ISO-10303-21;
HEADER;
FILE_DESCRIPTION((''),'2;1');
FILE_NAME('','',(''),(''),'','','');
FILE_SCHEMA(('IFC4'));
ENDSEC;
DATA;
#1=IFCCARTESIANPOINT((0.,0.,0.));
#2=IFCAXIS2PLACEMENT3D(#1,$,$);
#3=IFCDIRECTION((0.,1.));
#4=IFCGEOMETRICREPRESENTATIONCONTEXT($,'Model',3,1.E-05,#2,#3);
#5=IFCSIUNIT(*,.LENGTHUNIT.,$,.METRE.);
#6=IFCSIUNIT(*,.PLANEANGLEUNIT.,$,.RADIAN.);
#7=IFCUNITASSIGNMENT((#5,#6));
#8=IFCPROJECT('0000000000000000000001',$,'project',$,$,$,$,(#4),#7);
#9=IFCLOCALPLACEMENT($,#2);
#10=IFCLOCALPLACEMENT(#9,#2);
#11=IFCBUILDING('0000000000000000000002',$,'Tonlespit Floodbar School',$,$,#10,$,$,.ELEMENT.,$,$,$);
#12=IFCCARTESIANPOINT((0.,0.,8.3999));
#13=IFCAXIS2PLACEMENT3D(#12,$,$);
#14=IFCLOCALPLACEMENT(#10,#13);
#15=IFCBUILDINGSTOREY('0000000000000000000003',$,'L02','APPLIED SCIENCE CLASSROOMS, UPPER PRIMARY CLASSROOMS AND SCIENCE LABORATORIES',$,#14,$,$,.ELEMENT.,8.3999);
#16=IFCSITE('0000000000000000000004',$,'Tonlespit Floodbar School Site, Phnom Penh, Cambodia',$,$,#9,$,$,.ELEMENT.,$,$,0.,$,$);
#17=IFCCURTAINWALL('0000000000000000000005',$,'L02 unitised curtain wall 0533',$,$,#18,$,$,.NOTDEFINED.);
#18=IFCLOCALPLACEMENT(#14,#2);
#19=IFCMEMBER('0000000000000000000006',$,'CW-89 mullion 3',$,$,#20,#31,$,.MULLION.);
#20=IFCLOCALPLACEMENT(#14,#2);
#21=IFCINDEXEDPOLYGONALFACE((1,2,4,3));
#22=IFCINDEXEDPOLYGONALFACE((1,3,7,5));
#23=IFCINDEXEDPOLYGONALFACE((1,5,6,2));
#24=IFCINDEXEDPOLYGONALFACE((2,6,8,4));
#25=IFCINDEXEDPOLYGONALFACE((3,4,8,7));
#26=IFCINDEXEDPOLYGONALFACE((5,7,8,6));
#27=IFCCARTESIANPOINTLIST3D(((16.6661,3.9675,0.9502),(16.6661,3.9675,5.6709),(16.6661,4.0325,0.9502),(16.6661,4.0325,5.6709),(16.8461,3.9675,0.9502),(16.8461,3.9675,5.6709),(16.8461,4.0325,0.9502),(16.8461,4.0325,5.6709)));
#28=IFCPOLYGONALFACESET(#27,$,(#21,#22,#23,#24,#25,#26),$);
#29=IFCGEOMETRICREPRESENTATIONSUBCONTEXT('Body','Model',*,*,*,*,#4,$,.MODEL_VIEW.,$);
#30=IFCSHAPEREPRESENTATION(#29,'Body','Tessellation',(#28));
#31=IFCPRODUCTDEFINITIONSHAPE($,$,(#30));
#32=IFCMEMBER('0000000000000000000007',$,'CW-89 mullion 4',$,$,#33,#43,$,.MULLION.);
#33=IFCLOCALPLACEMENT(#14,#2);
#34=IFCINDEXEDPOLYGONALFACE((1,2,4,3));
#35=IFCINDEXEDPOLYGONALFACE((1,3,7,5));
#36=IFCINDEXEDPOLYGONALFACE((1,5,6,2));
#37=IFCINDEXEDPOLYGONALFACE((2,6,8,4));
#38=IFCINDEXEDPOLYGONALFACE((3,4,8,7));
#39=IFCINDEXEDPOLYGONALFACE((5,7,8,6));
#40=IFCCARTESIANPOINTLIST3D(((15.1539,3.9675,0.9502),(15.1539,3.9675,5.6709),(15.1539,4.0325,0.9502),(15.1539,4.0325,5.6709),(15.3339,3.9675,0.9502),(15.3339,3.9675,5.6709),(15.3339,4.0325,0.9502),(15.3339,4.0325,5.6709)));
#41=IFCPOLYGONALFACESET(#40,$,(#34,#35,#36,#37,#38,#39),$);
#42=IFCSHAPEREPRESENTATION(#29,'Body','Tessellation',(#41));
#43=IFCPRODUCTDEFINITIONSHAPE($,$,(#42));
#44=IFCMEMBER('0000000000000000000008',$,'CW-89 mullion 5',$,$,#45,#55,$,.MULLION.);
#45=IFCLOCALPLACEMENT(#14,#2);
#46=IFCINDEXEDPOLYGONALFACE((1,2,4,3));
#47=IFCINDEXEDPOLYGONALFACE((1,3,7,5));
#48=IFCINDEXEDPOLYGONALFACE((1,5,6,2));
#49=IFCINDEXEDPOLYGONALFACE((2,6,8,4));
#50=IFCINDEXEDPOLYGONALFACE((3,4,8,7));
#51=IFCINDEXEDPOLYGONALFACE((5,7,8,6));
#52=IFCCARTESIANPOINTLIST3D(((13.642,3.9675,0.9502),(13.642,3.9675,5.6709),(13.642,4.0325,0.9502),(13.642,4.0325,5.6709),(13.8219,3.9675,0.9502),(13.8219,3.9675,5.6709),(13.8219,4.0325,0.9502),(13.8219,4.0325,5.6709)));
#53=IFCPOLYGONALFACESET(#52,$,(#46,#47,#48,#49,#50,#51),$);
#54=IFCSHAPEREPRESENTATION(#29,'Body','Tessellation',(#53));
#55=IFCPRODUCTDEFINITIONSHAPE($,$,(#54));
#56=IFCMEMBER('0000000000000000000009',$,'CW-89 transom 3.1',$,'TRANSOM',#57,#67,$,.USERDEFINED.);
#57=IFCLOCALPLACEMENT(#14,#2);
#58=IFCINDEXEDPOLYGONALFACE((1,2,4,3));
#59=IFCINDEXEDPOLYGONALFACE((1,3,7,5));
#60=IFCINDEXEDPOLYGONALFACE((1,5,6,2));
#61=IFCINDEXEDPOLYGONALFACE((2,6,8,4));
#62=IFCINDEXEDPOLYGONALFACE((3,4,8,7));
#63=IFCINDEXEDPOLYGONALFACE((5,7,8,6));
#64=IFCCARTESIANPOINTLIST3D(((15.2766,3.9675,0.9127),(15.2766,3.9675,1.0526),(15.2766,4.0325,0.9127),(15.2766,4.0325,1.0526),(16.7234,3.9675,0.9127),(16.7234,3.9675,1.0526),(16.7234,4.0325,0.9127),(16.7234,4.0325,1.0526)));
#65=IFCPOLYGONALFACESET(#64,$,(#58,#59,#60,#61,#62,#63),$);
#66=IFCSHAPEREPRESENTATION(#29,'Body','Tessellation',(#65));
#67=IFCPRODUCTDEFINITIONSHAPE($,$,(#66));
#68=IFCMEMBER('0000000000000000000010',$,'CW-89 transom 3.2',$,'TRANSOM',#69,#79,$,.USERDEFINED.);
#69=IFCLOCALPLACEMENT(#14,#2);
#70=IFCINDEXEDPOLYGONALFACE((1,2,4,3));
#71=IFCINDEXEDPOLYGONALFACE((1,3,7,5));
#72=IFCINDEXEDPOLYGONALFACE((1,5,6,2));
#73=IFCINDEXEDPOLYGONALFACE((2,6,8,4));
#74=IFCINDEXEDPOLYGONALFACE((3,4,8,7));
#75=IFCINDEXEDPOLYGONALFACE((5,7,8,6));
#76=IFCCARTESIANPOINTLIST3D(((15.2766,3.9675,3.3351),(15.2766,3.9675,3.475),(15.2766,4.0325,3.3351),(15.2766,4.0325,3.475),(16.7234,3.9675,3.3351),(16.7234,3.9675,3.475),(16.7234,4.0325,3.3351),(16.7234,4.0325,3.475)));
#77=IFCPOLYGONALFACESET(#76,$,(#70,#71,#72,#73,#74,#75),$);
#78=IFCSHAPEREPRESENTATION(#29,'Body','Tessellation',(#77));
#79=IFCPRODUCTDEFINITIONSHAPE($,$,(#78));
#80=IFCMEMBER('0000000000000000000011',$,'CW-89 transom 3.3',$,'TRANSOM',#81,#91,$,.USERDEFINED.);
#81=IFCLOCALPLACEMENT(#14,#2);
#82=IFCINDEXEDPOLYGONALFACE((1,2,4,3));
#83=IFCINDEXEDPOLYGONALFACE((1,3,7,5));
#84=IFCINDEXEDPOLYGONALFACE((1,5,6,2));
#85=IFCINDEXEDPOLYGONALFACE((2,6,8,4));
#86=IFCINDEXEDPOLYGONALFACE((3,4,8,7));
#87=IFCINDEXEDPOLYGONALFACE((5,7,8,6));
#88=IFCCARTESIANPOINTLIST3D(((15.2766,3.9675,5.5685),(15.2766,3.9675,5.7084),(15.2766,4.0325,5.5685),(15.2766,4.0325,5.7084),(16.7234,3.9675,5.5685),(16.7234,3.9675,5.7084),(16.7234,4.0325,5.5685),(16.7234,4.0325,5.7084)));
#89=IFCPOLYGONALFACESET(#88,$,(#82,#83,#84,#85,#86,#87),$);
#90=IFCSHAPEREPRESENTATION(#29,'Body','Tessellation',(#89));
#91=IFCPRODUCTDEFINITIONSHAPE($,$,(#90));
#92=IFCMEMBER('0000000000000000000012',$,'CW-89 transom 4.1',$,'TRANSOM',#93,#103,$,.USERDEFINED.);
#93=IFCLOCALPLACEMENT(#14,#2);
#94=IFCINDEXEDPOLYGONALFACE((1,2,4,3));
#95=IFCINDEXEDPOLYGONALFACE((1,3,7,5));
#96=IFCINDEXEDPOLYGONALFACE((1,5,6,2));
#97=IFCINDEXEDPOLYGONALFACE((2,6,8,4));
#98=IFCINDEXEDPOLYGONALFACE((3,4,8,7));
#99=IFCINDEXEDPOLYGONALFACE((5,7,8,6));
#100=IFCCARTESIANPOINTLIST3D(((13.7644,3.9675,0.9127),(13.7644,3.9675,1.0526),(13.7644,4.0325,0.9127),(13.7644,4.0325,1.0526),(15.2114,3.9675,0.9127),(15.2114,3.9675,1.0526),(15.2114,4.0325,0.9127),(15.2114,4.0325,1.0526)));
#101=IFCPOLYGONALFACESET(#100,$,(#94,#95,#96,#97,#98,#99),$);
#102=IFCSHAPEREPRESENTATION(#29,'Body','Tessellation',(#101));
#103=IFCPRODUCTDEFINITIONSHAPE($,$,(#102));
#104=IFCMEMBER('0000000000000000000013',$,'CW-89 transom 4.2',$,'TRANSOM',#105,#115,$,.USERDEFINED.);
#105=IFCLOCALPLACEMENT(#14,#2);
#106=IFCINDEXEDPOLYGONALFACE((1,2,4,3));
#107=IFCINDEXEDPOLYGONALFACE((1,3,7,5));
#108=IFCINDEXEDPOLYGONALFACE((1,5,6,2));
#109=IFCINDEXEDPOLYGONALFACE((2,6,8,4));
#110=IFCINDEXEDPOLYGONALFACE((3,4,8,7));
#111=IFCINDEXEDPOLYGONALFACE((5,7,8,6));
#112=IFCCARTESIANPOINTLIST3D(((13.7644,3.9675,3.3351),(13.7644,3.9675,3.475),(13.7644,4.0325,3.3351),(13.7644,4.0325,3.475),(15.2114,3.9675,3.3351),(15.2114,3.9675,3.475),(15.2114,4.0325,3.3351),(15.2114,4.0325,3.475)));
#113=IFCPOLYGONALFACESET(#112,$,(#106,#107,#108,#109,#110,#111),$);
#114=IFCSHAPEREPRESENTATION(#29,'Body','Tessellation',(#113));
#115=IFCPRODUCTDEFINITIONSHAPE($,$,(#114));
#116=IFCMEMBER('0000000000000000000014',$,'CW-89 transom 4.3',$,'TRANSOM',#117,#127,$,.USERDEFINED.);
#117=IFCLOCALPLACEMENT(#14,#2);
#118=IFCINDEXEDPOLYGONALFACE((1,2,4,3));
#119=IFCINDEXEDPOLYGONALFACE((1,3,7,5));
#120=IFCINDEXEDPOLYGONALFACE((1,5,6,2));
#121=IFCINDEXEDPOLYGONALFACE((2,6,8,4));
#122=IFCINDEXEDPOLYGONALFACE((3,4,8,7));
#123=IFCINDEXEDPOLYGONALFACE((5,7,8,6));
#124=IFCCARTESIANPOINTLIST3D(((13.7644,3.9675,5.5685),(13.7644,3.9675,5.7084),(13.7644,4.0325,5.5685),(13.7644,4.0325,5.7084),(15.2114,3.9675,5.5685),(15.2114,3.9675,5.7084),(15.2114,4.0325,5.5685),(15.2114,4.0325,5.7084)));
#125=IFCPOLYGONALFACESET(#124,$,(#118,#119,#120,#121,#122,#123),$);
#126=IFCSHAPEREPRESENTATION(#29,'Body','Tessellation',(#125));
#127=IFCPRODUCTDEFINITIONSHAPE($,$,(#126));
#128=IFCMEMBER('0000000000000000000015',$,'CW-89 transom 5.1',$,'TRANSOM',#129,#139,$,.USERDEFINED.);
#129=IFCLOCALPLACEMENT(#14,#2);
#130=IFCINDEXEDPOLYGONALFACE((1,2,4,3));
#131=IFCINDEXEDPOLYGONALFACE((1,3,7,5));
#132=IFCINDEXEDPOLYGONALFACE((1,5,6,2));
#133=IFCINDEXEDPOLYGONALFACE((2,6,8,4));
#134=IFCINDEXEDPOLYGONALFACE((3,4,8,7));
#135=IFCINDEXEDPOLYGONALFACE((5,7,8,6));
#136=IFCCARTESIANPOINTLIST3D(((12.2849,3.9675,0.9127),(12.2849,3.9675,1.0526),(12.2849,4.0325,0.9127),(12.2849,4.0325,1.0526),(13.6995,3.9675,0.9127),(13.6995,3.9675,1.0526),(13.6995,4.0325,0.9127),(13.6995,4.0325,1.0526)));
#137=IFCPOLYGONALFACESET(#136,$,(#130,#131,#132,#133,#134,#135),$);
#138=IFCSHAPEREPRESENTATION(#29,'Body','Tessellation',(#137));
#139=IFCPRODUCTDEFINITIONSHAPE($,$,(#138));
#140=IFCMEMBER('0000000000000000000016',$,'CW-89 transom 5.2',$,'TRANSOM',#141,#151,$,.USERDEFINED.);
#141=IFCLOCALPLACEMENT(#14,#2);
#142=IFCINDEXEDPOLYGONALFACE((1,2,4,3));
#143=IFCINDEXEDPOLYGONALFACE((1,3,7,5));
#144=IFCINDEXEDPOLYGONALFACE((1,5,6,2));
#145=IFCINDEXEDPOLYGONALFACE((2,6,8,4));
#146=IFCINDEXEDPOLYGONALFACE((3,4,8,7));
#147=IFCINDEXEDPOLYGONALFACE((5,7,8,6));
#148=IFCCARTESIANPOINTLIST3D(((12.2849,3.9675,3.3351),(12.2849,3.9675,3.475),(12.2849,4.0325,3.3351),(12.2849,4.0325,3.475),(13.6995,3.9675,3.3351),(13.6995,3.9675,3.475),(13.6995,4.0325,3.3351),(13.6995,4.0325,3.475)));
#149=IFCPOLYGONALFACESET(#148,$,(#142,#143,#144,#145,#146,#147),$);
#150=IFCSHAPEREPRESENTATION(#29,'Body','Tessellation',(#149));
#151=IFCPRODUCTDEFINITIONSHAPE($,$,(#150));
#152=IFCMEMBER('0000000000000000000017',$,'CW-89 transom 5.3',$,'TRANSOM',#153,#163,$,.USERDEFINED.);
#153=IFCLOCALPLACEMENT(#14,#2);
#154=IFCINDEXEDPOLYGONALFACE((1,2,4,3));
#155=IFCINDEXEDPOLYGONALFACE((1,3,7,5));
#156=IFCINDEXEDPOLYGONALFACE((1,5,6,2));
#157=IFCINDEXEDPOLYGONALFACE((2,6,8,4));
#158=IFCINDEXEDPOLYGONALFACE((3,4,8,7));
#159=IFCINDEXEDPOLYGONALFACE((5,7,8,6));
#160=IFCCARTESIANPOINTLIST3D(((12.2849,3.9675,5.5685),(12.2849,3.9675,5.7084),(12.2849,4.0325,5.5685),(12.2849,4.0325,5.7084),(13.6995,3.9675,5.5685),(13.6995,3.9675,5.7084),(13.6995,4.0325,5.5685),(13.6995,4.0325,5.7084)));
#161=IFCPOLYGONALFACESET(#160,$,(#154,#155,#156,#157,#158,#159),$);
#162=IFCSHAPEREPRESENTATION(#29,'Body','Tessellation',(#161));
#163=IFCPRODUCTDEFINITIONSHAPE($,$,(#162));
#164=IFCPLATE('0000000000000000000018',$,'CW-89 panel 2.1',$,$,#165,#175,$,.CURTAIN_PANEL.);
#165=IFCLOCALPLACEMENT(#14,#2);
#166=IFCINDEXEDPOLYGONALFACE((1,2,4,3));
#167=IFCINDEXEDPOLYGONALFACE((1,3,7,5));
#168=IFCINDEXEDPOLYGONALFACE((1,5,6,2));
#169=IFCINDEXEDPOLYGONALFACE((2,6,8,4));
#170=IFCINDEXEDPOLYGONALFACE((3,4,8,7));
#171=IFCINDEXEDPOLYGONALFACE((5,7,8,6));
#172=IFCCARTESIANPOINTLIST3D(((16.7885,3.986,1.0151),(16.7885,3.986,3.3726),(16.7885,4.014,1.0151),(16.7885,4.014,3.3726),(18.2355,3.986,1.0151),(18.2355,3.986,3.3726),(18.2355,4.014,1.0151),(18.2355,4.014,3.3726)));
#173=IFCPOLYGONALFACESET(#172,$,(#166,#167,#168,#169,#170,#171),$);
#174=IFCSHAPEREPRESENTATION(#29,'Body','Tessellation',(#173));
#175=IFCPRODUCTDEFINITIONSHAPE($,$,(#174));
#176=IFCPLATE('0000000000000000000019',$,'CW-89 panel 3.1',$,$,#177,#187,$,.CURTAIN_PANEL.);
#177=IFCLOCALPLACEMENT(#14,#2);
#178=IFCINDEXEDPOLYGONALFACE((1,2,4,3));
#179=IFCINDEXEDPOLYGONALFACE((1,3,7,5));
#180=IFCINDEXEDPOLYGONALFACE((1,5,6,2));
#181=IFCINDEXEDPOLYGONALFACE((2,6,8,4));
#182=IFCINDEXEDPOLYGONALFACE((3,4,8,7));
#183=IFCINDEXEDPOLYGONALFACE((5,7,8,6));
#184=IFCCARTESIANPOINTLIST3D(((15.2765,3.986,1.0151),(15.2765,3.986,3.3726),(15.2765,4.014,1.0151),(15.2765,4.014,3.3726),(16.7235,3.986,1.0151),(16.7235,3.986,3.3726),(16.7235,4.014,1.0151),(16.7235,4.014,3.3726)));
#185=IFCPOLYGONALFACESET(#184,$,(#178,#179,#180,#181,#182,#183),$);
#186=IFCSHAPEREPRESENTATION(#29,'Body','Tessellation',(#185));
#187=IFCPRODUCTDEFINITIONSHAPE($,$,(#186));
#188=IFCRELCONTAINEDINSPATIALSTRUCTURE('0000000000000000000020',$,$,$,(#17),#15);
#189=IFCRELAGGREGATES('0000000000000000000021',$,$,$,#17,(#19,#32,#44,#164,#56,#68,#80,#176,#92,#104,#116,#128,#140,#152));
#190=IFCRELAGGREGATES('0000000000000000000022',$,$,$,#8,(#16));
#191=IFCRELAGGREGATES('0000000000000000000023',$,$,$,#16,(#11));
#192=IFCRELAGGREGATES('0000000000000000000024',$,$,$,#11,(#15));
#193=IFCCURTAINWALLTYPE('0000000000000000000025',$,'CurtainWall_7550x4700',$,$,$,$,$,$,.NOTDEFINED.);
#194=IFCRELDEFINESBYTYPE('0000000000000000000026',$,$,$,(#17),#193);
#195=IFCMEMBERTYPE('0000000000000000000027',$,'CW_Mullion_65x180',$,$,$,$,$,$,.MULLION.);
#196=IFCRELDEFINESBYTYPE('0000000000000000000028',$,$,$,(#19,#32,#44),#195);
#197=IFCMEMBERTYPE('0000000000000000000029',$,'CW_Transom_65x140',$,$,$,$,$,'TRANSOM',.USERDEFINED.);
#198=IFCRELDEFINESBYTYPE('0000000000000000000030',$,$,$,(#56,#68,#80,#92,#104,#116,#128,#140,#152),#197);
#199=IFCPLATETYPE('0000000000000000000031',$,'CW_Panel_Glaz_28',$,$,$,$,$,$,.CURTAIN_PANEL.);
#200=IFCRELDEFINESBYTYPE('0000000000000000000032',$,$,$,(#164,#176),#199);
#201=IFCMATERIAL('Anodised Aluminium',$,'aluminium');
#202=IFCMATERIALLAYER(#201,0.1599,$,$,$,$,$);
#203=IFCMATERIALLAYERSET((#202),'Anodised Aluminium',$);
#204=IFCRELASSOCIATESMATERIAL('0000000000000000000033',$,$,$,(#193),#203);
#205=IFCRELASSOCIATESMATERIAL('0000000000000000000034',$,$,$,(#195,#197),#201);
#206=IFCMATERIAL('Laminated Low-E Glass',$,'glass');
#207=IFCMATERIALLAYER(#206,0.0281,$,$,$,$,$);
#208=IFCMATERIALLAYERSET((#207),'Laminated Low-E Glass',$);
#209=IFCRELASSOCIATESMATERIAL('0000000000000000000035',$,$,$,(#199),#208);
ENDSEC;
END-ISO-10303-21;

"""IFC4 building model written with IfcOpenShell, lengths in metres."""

from ifc_helpers import new_model, si_unit, direction, frame, origin, origin_2d, place, context, subcontext, project, spatial, rectangle, extrude, material, layer, layer_set, material_profile, profile_set, type_object, element, aggregate, save


model = new_model("IFC4")

# Units and contexts
model_context = context("Model", 3, precision=1e-05, world=origin(), true_north=direction((0.0, 1.0)))
body_context = subcontext(model_context, "Body", "Model", "MODEL_VIEW")
ifc_project = project(units=[si_unit("LENGTHUNIT", "METRE"), si_unit("PLANEANGLEUNIT", "RADIAN")], contexts=[model_context])

# Site, building, storey
site_placement = place(None, origin())
site = spatial("IfcSite", under=ifc_project, at=site_placement, Name="Tonlespit Floodbar School Site, Phnom Penh, Cambodia", CompositionType="ELEMENT", RefElevation=0.0)
building_placement = place(site_placement, origin())
building = spatial("IfcBuilding", under=site, at=building_placement, Name="Tonlespit Floodbar School", CompositionType="ELEMENT")
storey_placement = place(building_placement, frame((0.0, 0.0, 8.3999)))
storey = spatial("IfcBuildingStorey", under=building, at=storey_placement, Name="L02", Description="APPLIED SCIENCE CLASSROOMS, UPPER PRIMARY CLASSROOMS AND SCIENCE LABORATORIES", CompositionType="ELEMENT", Elevation=8.3999)

# Curtain wall, members, plates
ifc_material_1 = material(Name="Anodised Aluminium", Category="aluminium")
ifc_layer_1 = layer(ifc_material_1, 0.1599)
ifc_layer_set_1 = layer_set([ifc_layer_1], Name="Anodised Aluminium")
curtain_wall_type = type_object("IfcCurtainWallType", Name="CurtainWall_7550x4700", PredefinedType="NOTDEFINED", material=ifc_layer_set_1)
curtain_wall_placement = place(storey_placement, origin())
curtain_wall = element("IfcCurtainWall", 1, at=curtain_wall_placement, inside=storey, type_object=curtain_wall_type, Name="L02 unitised curtain wall 0533", PredefinedType="NOTDEFINED")
ifc_material_profile_1 = material_profile(ifc_material_1, rectangle(XDim=0.0649, YDim=0.1799, at=origin_2d()), Name="ALU M65x180")
ifc_profile_set_1 = profile_set([ifc_material_profile_1], Name="Anodised Aluminium")
member_type_1 = type_object("IfcMemberType", Name="CW_Mullion_65x180", PredefinedType="MULLION", material=ifc_profile_set_1)
member_1_placement = place(storey_placement, frame((16.7561, 4.0, 0.9502), z_axis=(0.0, 0.0, 1.0), x_axis=(0.0, -1.0, 0.0)))
member_1 = element("IfcMember", 2, at=member_1_placement, type_object=member_type_1, Name="CW-89 mullion 3", PredefinedType="MULLION", context=body_context, shape_type="SweptSolid", body=[
    extrude(rectangle(XDim=0.0649, YDim=0.1799, at=origin_2d()), origin(), (0.0, 0.0, 1.0), 4.7207),
])
member_2_placement = place(storey_placement, frame((15.2439, 4.0, 0.9502), z_axis=(0.0, 0.0, 1.0), x_axis=(0.0, -1.0, 0.0)))
member_2 = element("IfcMember", 3, at=member_2_placement, type_object=member_type_1, Name="CW-89 mullion 4", PredefinedType="MULLION", context=body_context, shape_type="SweptSolid", body=[
    extrude(rectangle(XDim=0.0649, YDim=0.1799, at=origin_2d()), origin(), (0.0, 0.0, 1.0), 4.7207),
])
member_3_placement = place(storey_placement, frame((13.7319, 4.0, 0.9502), z_axis=(0.0, 0.0, 1.0), x_axis=(0.0, -1.0, 0.0)))
member_3 = element("IfcMember", 4, at=member_3_placement, type_object=member_type_1, Name="CW-89 mullion 5", PredefinedType="MULLION", context=body_context, shape_type="SweptSolid", body=[
    extrude(rectangle(XDim=0.0649, YDim=0.1799, at=origin_2d()), origin(), (0.0, 0.0, 1.0), 4.7207),
])
ifc_material_profile_2 = material_profile(ifc_material_1, rectangle(XDim=0.0649, YDim=0.1399, at=origin_2d()), Name="ALU T65x140")
ifc_profile_set_2 = profile_set([ifc_material_profile_2], Name="Anodised Aluminium")
member_type_2 = type_object("IfcMemberType", Name="CW_Transom_65x140", ElementType="TRANSOM", PredefinedType="USERDEFINED", material=ifc_profile_set_2)
member_4_placement = place(storey_placement, frame((16.7234, 4.0, 0.9827), z_axis=(-1.0, 0.0, 0.0), x_axis=(0.0, -1.0, 0.0)))
member_4 = element("IfcMember", 5, at=member_4_placement, type_object=member_type_2, Name="CW-89 transom 3.1", ObjectType="TRANSOM", PredefinedType="USERDEFINED", context=body_context, shape_type="SweptSolid", body=[
    extrude(rectangle(XDim=0.0649, YDim=0.1399, at=origin_2d()), origin(), (0.0, 0.0, 1.0), 1.4468),
])
member_5_placement = place(storey_placement, frame((16.7234, 4.0, 3.405), z_axis=(-1.0, 0.0, 0.0), x_axis=(0.0, -1.0, 0.0)))
member_5 = element("IfcMember", 6, at=member_5_placement, type_object=member_type_2, Name="CW-89 transom 3.2", ObjectType="TRANSOM", PredefinedType="USERDEFINED", context=body_context, shape_type="SweptSolid", body=[
    extrude(rectangle(XDim=0.0649, YDim=0.1399, at=origin_2d()), origin(), (0.0, 0.0, 1.0), 1.4468),
])
member_6_placement = place(storey_placement, frame((16.7234, 4.0, 5.6384), z_axis=(-1.0, 0.0, 0.0), x_axis=(0.0, -1.0, 0.0)))
member_6 = element("IfcMember", 7, at=member_6_placement, type_object=member_type_2, Name="CW-89 transom 3.3", ObjectType="TRANSOM", PredefinedType="USERDEFINED", context=body_context, shape_type="SweptSolid", body=[
    extrude(rectangle(XDim=0.0649, YDim=0.1399, at=origin_2d()), origin(), (0.0, 0.0, 1.0), 1.4468),
])
member_7_placement = place(storey_placement, frame((15.2114, 4.0, 0.9827), z_axis=(-1.0, 0.0, 0.0), x_axis=(0.0, -1.0, 0.0)))
member_7 = element("IfcMember", 8, at=member_7_placement, type_object=member_type_2, Name="CW-89 transom 4.1", ObjectType="TRANSOM", PredefinedType="USERDEFINED", context=body_context, shape_type="SweptSolid", body=[
    extrude(rectangle(XDim=0.0649, YDim=0.1399, at=origin_2d()), origin(), (0.0, 0.0, 1.0), 1.447),
])
member_8_placement = place(storey_placement, frame((15.2114, 4.0, 3.405), z_axis=(-1.0, 0.0, 0.0), x_axis=(0.0, -1.0, 0.0)))
member_8 = element("IfcMember", 9, at=member_8_placement, type_object=member_type_2, Name="CW-89 transom 4.2", ObjectType="TRANSOM", PredefinedType="USERDEFINED", context=body_context, shape_type="SweptSolid", body=[
    extrude(rectangle(XDim=0.0649, YDim=0.1399, at=origin_2d()), origin(), (0.0, 0.0, 1.0), 1.447),
])
member_9_placement = place(storey_placement, frame((15.2114, 4.0, 5.6384), z_axis=(-1.0, 0.0, 0.0), x_axis=(0.0, -1.0, 0.0)))
member_9 = element("IfcMember", 10, at=member_9_placement, type_object=member_type_2, Name="CW-89 transom 4.3", ObjectType="TRANSOM", PredefinedType="USERDEFINED", context=body_context, shape_type="SweptSolid", body=[
    extrude(rectangle(XDim=0.0649, YDim=0.1399, at=origin_2d()), origin(), (0.0, 0.0, 1.0), 1.447),
])
member_10_placement = place(storey_placement, frame((13.6995, 4.0, 0.9827), z_axis=(-1.0, 0.0, 0.0), x_axis=(0.0, -1.0, 0.0)))
member_10 = element("IfcMember", 11, at=member_10_placement, type_object=member_type_2, Name="CW-89 transom 5.1", ObjectType="TRANSOM", PredefinedType="USERDEFINED", context=body_context, shape_type="SweptSolid", body=[
    extrude(rectangle(XDim=0.0649, YDim=0.1399, at=origin_2d()), origin(), (0.0, 0.0, 1.0), 1.4146),
])
member_11_placement = place(storey_placement, frame((13.6995, 4.0, 3.405), z_axis=(-1.0, 0.0, 0.0), x_axis=(0.0, -1.0, 0.0)))
member_11 = element("IfcMember", 12, at=member_11_placement, type_object=member_type_2, Name="CW-89 transom 5.2", ObjectType="TRANSOM", PredefinedType="USERDEFINED", context=body_context, shape_type="SweptSolid", body=[
    extrude(rectangle(XDim=0.0649, YDim=0.1399, at=origin_2d()), origin(), (0.0, 0.0, 1.0), 1.4146),
])
member_12_placement = place(storey_placement, frame((13.6995, 4.0, 5.6384), z_axis=(-1.0, 0.0, 0.0), x_axis=(0.0, -1.0, 0.0)))
member_12 = element("IfcMember", 13, at=member_12_placement, type_object=member_type_2, Name="CW-89 transom 5.3", ObjectType="TRANSOM", PredefinedType="USERDEFINED", context=body_context, shape_type="SweptSolid", body=[
    extrude(rectangle(XDim=0.0649, YDim=0.1399, at=origin_2d()), origin(), (0.0, 0.0, 1.0), 1.4146),
])
ifc_material_2 = material(Name="Laminated Low-E Glass", Category="glass")
ifc_layer_2 = layer(ifc_material_2, 0.0281)
ifc_layer_set_2 = layer_set([ifc_layer_2], Name="Laminated Low-E Glass")
plate_type = type_object("IfcPlateType", Name="CW_Panel_Glaz_28", PredefinedType="CURTAIN_PANEL", material=ifc_layer_set_2)
plate_1_placement = place(storey_placement, frame((17.512, 4.0, 1.0151), z_axis=(0.0, 0.0, 1.0), x_axis=(-1.0, 0.0, 0.0)))
plate_1 = element("IfcPlate", 14, at=plate_1_placement, type_object=plate_type, Name="CW-89 panel 2.1", PredefinedType="CURTAIN_PANEL", context=body_context, shape_type="SweptSolid", body=[
    extrude(rectangle(XDim=1.447, YDim=0.0281, at=origin_2d()), origin(), (0.0, 0.0, 1.0), 2.3574),
])
plate_2_placement = place(storey_placement, frame((16.0, 4.0, 1.0151), z_axis=(0.0, 0.0, 1.0), x_axis=(-1.0, 0.0, 0.0)))
plate_2 = element("IfcPlate", 15, at=plate_2_placement, type_object=plate_type, Name="CW-89 panel 3.1", PredefinedType="CURTAIN_PANEL", context=body_context, shape_type="SweptSolid", body=[
    extrude(rectangle(XDim=1.447, YDim=0.0281, at=origin_2d()), origin(), (0.0, 0.0, 1.0), 2.3574),
])
aggregate(curtain_wall, [member_1, member_2, member_3, plate_1, member_4, member_5, member_6, plate_2, member_7, member_8, member_9, member_10, member_11, member_12])

save(model, "model.ifc")
